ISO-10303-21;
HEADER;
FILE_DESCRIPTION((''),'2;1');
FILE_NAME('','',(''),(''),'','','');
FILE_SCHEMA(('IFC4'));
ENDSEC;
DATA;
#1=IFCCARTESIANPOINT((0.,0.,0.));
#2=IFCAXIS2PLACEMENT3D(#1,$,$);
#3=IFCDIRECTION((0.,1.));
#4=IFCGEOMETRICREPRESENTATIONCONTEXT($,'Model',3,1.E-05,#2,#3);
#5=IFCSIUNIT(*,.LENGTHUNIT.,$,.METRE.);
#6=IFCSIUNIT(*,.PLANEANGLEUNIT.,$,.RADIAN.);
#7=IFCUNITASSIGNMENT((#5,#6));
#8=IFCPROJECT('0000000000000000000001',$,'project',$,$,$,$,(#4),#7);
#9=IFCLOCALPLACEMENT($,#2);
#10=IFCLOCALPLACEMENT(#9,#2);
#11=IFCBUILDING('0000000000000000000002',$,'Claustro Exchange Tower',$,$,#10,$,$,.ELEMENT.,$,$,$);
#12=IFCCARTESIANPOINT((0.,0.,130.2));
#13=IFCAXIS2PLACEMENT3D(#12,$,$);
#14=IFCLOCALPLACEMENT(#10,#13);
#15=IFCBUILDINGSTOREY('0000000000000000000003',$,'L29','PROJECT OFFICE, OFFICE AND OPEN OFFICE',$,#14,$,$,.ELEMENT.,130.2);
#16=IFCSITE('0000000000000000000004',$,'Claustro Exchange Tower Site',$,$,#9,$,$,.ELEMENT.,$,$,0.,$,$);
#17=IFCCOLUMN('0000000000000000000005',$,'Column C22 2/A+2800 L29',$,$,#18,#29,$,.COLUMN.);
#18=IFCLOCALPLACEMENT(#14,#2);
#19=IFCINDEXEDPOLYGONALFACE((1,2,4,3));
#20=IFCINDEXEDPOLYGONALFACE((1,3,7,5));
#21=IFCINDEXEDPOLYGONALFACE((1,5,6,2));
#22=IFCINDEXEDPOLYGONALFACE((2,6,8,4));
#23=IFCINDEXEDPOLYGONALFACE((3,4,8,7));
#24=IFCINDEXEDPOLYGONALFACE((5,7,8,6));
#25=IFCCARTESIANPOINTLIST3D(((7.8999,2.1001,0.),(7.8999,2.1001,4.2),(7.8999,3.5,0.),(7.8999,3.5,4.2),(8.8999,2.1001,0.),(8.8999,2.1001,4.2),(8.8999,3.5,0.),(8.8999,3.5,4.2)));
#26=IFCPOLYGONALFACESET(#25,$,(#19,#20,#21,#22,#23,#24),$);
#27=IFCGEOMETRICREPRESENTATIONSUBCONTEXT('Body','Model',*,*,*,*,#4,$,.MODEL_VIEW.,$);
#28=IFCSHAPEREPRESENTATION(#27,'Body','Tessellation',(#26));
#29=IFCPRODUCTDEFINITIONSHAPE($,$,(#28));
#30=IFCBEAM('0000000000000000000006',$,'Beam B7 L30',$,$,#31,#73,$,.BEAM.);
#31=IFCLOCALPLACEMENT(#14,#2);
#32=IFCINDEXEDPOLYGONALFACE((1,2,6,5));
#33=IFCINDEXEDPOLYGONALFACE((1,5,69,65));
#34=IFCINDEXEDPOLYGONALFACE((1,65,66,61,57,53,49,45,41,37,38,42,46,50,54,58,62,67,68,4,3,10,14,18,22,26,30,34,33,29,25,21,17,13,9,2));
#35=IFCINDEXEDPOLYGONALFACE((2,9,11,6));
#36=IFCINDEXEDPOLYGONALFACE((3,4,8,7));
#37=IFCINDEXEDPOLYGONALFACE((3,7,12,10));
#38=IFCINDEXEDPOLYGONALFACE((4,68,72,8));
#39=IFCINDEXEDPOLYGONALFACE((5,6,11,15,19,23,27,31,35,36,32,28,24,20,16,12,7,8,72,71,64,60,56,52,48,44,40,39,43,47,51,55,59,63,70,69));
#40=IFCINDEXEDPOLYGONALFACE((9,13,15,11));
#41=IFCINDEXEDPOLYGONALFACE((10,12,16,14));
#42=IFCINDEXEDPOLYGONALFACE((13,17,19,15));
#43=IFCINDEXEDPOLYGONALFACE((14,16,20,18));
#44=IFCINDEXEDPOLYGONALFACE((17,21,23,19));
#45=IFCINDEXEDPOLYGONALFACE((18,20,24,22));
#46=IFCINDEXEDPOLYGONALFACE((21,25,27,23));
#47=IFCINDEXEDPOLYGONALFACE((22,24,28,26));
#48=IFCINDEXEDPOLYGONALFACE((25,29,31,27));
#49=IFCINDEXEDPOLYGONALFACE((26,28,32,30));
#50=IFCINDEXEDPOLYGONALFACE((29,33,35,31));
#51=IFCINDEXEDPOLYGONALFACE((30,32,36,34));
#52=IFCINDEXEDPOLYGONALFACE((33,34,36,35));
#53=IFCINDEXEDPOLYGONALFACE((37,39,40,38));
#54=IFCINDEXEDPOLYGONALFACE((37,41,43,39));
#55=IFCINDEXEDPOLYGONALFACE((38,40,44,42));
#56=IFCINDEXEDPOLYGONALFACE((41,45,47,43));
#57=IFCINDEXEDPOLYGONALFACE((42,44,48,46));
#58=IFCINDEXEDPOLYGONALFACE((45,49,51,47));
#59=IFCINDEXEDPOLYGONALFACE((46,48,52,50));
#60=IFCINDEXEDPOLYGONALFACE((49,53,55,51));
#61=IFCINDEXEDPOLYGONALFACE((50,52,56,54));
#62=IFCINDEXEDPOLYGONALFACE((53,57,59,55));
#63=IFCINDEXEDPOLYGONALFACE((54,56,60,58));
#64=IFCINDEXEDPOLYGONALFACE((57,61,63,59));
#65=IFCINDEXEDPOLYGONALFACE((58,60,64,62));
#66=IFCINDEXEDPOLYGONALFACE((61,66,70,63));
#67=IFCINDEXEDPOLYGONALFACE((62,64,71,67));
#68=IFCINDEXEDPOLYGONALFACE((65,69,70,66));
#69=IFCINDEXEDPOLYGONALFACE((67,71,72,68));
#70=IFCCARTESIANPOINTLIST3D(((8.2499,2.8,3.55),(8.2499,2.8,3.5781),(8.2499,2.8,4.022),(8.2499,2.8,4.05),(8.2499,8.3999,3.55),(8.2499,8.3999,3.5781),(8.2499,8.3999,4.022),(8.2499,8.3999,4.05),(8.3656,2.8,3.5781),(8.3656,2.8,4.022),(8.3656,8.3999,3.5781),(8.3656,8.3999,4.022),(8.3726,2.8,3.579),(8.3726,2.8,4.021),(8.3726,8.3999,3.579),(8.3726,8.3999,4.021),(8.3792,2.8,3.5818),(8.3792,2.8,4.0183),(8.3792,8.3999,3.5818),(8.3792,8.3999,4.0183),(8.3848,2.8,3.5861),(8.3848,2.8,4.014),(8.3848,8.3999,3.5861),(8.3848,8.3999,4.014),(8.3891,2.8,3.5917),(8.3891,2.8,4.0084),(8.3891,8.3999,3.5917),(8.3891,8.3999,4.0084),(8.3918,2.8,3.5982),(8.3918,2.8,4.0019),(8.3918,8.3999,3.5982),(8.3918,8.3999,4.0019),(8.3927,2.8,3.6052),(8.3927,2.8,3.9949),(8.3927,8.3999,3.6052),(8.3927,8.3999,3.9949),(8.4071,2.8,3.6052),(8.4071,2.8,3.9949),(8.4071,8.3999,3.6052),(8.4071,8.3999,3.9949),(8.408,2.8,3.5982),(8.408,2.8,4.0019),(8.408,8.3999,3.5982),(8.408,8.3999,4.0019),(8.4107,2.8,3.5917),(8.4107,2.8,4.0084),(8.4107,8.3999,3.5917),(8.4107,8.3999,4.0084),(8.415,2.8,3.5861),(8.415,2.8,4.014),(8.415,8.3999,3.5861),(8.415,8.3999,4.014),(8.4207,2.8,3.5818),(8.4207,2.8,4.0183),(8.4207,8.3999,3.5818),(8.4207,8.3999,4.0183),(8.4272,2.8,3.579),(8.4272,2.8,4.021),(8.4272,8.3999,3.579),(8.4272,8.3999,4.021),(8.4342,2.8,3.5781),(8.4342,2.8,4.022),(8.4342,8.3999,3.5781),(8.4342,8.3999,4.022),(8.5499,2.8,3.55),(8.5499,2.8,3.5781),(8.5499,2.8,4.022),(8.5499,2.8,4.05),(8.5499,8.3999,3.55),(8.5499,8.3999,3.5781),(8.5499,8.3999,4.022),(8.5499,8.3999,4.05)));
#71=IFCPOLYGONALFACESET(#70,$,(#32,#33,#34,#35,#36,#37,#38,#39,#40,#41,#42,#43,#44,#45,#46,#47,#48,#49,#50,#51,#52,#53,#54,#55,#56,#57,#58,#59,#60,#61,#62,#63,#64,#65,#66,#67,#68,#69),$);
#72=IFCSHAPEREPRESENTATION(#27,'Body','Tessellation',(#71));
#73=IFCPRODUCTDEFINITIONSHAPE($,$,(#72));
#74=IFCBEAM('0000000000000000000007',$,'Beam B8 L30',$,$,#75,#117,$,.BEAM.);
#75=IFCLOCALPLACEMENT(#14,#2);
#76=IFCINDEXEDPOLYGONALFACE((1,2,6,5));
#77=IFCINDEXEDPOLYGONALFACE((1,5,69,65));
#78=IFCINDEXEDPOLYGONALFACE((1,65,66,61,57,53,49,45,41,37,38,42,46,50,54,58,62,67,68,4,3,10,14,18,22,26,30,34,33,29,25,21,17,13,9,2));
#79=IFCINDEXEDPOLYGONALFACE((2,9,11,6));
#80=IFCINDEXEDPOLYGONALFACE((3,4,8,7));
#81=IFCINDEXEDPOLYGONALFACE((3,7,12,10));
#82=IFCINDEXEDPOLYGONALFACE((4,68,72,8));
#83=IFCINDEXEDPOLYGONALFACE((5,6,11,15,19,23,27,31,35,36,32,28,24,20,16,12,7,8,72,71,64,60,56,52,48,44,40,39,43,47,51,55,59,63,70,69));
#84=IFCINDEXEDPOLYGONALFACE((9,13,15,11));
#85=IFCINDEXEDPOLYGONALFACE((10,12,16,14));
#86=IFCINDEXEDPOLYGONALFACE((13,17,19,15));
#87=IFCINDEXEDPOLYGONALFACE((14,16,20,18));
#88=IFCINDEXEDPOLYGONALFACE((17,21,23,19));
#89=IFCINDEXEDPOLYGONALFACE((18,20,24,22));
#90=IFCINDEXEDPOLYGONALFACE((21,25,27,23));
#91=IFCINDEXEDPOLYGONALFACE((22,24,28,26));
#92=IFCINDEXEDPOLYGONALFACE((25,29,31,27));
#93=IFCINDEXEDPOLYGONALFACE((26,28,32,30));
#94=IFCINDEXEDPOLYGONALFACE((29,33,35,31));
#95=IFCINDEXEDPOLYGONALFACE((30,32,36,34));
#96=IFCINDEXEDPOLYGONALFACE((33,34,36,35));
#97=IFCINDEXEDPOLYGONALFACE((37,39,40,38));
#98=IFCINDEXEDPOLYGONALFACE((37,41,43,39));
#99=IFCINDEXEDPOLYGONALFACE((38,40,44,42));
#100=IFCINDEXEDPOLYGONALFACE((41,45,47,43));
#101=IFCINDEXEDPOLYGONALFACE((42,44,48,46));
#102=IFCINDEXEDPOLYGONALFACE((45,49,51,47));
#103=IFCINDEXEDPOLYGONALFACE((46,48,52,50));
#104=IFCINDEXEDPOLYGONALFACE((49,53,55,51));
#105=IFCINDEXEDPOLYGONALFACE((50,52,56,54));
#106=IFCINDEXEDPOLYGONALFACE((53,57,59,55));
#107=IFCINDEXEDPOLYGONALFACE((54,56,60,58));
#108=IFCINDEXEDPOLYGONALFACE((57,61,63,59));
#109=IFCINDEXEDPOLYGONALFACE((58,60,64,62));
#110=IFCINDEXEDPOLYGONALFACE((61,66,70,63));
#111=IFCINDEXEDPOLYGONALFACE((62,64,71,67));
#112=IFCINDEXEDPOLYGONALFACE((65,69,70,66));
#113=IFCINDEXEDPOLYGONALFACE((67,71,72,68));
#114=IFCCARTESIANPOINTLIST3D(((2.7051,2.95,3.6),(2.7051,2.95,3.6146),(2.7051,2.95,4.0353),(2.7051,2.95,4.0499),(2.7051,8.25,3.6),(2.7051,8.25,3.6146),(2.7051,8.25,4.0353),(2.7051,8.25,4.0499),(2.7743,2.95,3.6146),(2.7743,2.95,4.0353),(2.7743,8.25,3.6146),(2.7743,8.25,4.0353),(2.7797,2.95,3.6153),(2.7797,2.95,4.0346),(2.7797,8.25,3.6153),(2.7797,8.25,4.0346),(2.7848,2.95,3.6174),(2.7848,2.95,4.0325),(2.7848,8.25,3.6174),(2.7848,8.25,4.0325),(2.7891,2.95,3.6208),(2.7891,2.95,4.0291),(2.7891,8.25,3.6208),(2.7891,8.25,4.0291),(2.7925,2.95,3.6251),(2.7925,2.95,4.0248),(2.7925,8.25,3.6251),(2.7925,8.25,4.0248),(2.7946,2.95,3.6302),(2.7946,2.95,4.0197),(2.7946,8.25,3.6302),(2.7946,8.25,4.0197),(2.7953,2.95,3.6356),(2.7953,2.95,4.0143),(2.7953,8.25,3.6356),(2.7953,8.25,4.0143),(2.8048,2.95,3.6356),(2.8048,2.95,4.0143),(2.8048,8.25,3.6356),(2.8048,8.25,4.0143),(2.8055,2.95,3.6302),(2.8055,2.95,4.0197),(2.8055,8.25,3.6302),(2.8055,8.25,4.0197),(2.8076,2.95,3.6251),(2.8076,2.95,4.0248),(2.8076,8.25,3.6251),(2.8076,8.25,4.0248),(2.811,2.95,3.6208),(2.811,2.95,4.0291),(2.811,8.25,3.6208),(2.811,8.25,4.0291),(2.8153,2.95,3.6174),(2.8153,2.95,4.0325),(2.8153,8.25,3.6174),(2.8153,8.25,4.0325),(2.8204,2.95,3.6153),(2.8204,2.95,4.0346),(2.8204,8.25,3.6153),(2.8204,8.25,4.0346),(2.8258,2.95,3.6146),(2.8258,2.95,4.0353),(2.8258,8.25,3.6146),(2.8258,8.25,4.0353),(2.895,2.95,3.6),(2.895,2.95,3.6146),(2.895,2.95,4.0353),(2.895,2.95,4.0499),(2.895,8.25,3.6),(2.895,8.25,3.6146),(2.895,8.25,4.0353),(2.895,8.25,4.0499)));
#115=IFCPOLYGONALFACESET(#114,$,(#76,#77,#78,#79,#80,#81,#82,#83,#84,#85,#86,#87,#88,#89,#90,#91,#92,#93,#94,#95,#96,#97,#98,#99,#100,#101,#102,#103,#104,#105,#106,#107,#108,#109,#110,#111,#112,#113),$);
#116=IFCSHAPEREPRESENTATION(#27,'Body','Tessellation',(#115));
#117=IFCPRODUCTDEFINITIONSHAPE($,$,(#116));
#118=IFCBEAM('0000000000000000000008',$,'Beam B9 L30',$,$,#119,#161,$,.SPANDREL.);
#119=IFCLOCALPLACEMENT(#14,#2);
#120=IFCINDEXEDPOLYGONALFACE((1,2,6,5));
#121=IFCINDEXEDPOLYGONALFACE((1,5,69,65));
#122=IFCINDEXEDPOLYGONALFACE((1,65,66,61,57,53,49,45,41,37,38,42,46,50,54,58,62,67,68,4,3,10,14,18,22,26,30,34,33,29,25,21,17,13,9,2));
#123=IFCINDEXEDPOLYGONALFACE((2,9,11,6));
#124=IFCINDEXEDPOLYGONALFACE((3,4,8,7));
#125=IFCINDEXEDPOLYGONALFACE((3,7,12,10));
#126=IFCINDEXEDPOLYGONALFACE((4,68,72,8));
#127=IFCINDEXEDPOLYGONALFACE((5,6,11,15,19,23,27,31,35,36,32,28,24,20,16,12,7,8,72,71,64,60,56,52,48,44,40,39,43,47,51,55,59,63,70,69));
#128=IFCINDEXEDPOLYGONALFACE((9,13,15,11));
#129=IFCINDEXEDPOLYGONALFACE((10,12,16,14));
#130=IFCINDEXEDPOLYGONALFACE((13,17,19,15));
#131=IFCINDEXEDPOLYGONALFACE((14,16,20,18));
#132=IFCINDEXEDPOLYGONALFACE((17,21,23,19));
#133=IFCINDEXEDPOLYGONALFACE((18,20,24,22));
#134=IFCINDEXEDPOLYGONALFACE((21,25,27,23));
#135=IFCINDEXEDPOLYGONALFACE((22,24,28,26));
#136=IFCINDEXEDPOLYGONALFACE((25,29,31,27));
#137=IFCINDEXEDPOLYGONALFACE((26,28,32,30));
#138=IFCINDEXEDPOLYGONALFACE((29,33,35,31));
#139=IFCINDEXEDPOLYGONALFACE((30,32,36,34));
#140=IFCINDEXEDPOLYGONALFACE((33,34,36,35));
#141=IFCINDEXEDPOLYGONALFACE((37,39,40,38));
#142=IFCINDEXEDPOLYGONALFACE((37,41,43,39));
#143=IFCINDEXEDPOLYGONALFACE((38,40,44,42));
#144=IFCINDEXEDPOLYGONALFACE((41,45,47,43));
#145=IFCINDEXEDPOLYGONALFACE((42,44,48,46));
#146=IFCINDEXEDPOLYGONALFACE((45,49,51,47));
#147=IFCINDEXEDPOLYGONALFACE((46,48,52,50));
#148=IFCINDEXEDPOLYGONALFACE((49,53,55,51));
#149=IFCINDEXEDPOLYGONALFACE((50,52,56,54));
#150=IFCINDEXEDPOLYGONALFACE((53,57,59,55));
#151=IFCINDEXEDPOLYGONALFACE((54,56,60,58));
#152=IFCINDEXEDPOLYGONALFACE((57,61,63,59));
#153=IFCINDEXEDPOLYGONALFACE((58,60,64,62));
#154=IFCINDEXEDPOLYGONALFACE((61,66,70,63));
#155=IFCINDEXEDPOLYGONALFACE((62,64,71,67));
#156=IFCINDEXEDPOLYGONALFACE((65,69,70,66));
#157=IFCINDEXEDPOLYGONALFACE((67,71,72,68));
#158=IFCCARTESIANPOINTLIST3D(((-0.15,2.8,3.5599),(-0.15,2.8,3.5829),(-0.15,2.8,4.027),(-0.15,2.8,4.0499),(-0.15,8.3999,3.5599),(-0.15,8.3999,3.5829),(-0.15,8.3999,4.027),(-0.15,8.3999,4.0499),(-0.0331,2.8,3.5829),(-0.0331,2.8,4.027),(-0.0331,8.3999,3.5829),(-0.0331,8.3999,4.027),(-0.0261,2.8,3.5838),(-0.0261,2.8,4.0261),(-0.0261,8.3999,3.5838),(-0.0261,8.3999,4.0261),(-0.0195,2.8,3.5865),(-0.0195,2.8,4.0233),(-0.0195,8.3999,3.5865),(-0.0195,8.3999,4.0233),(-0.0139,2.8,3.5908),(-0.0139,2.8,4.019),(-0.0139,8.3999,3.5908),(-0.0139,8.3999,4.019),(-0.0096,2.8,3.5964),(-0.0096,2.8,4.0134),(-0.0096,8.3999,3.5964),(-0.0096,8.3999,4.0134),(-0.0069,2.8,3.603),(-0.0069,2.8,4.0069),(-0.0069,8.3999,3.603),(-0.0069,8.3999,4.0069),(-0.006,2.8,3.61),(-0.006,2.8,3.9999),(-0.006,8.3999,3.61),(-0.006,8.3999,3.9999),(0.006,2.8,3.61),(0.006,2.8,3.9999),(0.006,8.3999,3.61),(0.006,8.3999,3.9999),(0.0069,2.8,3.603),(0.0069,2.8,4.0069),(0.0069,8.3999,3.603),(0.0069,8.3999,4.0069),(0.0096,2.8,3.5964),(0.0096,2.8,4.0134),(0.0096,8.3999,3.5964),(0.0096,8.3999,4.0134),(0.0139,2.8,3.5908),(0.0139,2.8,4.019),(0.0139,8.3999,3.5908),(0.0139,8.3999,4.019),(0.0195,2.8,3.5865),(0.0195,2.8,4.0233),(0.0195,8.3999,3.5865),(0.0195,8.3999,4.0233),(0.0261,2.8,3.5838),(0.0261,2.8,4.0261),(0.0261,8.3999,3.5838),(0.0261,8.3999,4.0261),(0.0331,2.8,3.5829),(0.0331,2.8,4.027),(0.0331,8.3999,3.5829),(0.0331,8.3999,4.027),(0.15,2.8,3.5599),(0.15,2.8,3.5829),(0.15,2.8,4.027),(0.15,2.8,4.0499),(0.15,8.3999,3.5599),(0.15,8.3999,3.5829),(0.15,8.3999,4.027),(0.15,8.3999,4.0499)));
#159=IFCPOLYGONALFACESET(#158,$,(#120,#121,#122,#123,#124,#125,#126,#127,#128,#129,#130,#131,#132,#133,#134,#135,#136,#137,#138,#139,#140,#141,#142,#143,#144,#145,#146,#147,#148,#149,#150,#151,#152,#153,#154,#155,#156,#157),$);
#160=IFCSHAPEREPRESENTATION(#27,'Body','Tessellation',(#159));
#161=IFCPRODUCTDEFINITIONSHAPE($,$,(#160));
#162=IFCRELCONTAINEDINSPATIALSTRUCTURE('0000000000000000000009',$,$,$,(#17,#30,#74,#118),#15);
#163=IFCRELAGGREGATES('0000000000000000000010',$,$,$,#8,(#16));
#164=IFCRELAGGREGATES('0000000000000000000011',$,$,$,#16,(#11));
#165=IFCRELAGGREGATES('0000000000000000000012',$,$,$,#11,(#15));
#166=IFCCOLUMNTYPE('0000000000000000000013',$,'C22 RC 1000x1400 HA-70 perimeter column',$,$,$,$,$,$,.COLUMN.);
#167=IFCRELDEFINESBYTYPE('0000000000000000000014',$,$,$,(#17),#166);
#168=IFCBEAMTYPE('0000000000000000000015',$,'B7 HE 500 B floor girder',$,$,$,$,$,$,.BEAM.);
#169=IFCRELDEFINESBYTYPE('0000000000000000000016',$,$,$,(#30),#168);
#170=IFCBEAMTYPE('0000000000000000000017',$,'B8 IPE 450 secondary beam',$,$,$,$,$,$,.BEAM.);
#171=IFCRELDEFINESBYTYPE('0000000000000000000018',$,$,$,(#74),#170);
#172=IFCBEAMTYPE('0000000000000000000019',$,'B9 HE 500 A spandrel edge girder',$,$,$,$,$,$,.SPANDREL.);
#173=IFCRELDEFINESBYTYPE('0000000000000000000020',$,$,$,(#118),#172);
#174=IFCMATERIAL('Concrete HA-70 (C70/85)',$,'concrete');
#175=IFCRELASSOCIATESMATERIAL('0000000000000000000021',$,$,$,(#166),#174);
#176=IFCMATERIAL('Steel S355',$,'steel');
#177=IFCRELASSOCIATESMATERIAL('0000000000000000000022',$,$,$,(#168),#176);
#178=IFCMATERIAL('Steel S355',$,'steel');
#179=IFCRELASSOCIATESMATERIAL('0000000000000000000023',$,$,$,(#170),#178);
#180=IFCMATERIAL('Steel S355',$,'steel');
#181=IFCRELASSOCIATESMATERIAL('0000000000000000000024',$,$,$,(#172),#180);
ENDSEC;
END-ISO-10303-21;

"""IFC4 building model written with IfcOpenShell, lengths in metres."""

from ifc_helpers import new_model, si_unit, direction, frame, origin, origin_2d, place, context, subcontext, project, spatial, rectangle, i_section, extrude, material, material_profile, profile_set, type_object, element, save


model = new_model("IFC4")

# Units and contexts
model_context = context("Model", 3, precision=1e-05, world=origin(), true_north=direction((0.0, 1.0)))
body_context = subcontext(model_context, "Body", "Model", "MODEL_VIEW")
ifc_project = project(units=[si_unit("LENGTHUNIT", "METRE"), si_unit("PLANEANGLEUNIT", "RADIAN")], contexts=[model_context])

# Site, building, storey
site_placement = place(None, origin())
site = spatial("IfcSite", under=ifc_project, at=site_placement, Name="Claustro Exchange Tower Site", CompositionType="ELEMENT", RefElevation=0.0)
building_placement = place(site_placement, origin())
building = spatial("IfcBuilding", under=site, at=building_placement, Name="Claustro Exchange Tower", CompositionType="ELEMENT")
storey_placement = place(building_placement, frame((0.0, 0.0, 130.2)))
storey = spatial("IfcBuildingStorey", under=building, at=storey_placement, Name="L29", Description="PROJECT OFFICE, OFFICE AND OPEN OFFICE", CompositionType="ELEMENT", Elevation=130.2)

# Column
ifc_material_1 = material(Name="Concrete HA-70 (C70/85)", Category="concrete")
ifc_material_profile_1 = material_profile(ifc_material_1, rectangle(XDim=1.0, YDim=1.3999, at=origin_2d()), Name="RC 1000x1400")
ifc_profile_set_1 = profile_set([ifc_material_profile_1], Name="Concrete HA-70 (C70/85)")
column_type = type_object("IfcColumnType", Name="C22 RC 1000x1400 HA-70 perimeter column", PredefinedType="COLUMN", material=ifc_profile_set_1)
column_placement = place(storey_placement, frame((8.3999, 2.8, 0.0), z_axis=(0.0, 0.0, 1.0), x_axis=(1.0, 0.0, 0.0)))
element("IfcColumn", 1, at=column_placement, inside=storey, type_object=column_type, Name="Column C22 2/A+2800 L29", PredefinedType="COLUMN", context=body_context, shape_type="SweptSolid", body=[
    extrude(rectangle(XDim=1.0, YDim=1.3999, at=origin_2d()), origin(), (0.0, 0.0, 1.0), 4.2),
])

# Beams
ifc_material_2 = material(Name="Steel S355", Category="steel")
ifc_material_profile_2 = material_profile(ifc_material_2, i_section(OverallWidth=0.3, OverallDepth=0.5, WebThickness=0.0144, FlangeThickness=0.0281, FilletRadius=0.0271, at=origin_2d()), Name="HE 500 B")
ifc_profile_set_2 = profile_set([ifc_material_profile_2], Name="Steel S355")
beam_type_1 = type_object("IfcBeamType", Name="B7 HE 500 B floor girder", PredefinedType="BEAM", material=ifc_profile_set_2)
beam_1_placement = place(storey_placement, frame((8.3999, 2.8, 3.8), z_axis=(0.0, 1.0, 0.0), x_axis=(-1.0, 0.0, 0.0)))
element("IfcBeam", 2, at=beam_1_placement, inside=storey, type_object=beam_type_1, Name="Beam B7 L30", PredefinedType="BEAM", context=body_context, shape_type="SweptSolid", body=[
    extrude(i_section(OverallWidth=0.3, OverallDepth=0.5, WebThickness=0.0144, FlangeThickness=0.0281, FilletRadius=0.0271, at=origin_2d()), origin(), (0.0, 0.0, 1.0), 5.5999),
])
ifc_material_3 = material(Name="Steel S355", Category="steel")
ifc_material_profile_3 = material_profile(ifc_material_3, i_section(OverallWidth=0.1899, OverallDepth=0.45, WebThickness=0.0095, FlangeThickness=0.0146, FilletRadius=0.021, at=origin_2d()), Name="IPE 450")
ifc_profile_set_3 = profile_set([ifc_material_profile_3], Name="Steel S355")
beam_type_2 = type_object("IfcBeamType", Name="B8 IPE 450 secondary beam", PredefinedType="BEAM", material=ifc_profile_set_3)
beam_2_placement = place(storey_placement, frame((2.8, 2.95, 3.825), z_axis=(0.0, 1.0, 0.0), x_axis=(-1.0, 0.0, 0.0)))
element("IfcBeam", 3, at=beam_2_placement, inside=storey, type_object=beam_type_2, Name="Beam B8 L30", PredefinedType="BEAM", context=body_context, shape_type="SweptSolid", body=[
    extrude(i_section(OverallWidth=0.1899, OverallDepth=0.45, WebThickness=0.0095, FlangeThickness=0.0146, FilletRadius=0.021, at=origin_2d()), origin(), (0.0, 0.0, 1.0), 5.3),
])
ifc_material_4 = material(Name="Steel S355", Category="steel")
ifc_material_profile_4 = material_profile(ifc_material_4, i_section(OverallWidth=0.3, OverallDepth=0.49, WebThickness=0.012, FlangeThickness=0.0229, FilletRadius=0.0271, at=origin_2d()), Name="HE 500 A")
ifc_profile_set_4 = profile_set([ifc_material_profile_4], Name="Steel S355")
beam_type_3 = type_object("IfcBeamType", Name="B9 HE 500 A spandrel edge girder", PredefinedType="SPANDREL", material=ifc_profile_set_4)
beam_3_placement = place(storey_placement, frame((0.0, 2.8, 3.8049), z_axis=(0.0, 1.0, 0.0), x_axis=(-1.0, 0.0, 0.0)))
element("IfcBeam", 4, at=beam_3_placement, inside=storey, type_object=beam_type_3, Name="Beam B9 L30", PredefinedType="SPANDREL", context=body_context, shape_type="SweptSolid", body=[
    extrude(i_section(OverallWidth=0.3, OverallDepth=0.49, WebThickness=0.012, FlangeThickness=0.0229, FilletRadius=0.0271, at=origin_2d()), origin(), (0.0, 0.0, 1.0), 5.5999),
])

save(model, "model.ifc")
